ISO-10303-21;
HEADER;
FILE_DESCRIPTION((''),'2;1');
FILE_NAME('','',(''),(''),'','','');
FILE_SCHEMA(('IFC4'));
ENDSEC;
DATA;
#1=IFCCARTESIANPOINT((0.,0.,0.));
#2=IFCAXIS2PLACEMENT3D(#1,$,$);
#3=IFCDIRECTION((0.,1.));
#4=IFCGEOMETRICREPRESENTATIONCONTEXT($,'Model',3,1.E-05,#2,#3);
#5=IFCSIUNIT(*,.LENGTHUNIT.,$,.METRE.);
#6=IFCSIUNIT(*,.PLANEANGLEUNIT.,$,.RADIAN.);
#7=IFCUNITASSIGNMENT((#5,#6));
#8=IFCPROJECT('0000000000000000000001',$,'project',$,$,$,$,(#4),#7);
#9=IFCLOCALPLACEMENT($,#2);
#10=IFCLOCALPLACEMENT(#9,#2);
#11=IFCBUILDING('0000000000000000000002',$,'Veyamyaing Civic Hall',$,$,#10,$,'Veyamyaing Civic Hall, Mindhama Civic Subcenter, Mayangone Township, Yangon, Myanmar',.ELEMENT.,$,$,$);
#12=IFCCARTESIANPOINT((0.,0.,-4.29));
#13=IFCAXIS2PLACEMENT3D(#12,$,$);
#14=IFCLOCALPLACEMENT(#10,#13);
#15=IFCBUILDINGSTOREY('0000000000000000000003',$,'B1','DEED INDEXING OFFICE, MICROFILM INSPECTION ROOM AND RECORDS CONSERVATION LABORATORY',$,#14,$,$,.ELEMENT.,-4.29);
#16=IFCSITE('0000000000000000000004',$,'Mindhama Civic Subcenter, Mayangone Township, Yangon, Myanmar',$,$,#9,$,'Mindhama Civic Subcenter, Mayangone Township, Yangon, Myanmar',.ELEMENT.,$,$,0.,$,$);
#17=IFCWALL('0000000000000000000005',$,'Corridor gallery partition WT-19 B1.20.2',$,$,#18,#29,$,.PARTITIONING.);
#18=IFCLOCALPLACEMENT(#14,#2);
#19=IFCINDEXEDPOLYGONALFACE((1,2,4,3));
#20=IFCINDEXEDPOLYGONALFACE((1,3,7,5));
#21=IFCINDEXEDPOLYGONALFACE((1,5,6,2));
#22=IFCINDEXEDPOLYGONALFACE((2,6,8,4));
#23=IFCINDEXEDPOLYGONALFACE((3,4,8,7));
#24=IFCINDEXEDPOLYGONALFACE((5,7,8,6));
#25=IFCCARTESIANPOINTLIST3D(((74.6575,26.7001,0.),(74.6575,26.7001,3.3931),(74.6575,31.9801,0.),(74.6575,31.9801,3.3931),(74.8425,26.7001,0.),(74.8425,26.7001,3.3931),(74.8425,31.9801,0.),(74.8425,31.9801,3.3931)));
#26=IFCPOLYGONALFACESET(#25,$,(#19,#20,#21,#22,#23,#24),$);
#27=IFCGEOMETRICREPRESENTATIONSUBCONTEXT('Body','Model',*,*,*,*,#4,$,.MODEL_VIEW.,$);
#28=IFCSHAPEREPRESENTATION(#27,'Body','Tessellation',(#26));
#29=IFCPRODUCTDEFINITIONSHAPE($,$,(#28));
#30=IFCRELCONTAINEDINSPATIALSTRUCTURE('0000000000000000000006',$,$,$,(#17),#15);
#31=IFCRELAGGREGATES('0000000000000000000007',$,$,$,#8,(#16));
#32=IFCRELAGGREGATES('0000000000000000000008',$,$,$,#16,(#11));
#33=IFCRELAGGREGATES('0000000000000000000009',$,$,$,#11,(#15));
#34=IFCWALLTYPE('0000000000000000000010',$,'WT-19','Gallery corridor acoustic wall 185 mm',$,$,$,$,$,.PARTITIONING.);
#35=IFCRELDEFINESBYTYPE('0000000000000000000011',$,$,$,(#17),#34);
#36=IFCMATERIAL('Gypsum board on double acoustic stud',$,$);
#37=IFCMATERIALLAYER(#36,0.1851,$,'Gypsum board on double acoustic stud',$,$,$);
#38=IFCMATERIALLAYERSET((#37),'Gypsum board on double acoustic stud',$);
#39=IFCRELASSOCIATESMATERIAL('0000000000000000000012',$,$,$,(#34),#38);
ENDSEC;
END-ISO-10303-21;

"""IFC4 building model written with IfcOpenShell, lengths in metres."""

from ifc_helpers import new_model, si_unit, direction, frame, frame_2d, origin, place, context, subcontext, project, spatial, rectangle, extrude, material, layer, layer_set, type_object, element, save


model = new_model("IFC4")

# Units and contexts
model_context = context("Model", 3, precision=1e-05, world=origin(), true_north=direction((0.0, 1.0)))
body_context = subcontext(model_context, "Body", "Model", "MODEL_VIEW")
ifc_project = project(units=[si_unit("LENGTHUNIT", "METRE"), si_unit("PLANEANGLEUNIT", "RADIAN")], contexts=[model_context])

# Site, building, storey
site_placement = place(None, origin())
site = spatial("IfcSite", under=ifc_project, at=site_placement, Name="Mindhama Civic Subcenter, Mayangone Township, Yangon, Myanmar", LongName="Mindhama Civic Subcenter, Mayangone Township, Yangon, Myanmar", CompositionType="ELEMENT", RefElevation=0.0)
building_placement = place(site_placement, origin())
building = spatial("IfcBuilding", under=site, at=building_placement, Name="Veyamyaing Civic Hall", LongName="Veyamyaing Civic Hall, Mindhama Civic Subcenter, Mayangone Township, Yangon, Myanmar", CompositionType="ELEMENT")
storey_placement = place(building_placement, frame((0.0, 0.0, -4.29)))
storey = spatial("IfcBuildingStorey", under=building, at=storey_placement, Name="B1", Description="DEED INDEXING OFFICE, MICROFILM INSPECTION ROOM AND RECORDS CONSERVATION LABORATORY", CompositionType="ELEMENT", Elevation=-4.29)

# Wall
ifc_material_1 = material(Name="Gypsum board on double acoustic stud")
ifc_layer_1 = layer(ifc_material_1, 0.1851, Name="Gypsum board on double acoustic stud")
ifc_layer_set_1 = layer_set([ifc_layer_1], Name="Gypsum board on double acoustic stud")
wall_type_1 = type_object("IfcWallType", Name="WT-19", Description="Gallery corridor acoustic wall 185 mm", PredefinedType="PARTITIONING", material=ifc_layer_set_1)
wall_1_placement = place(storey_placement, frame((74.75, 26.7, 0.0), z_axis=(0.0, 0.0, 1.0), x_axis=(0.0, 1.0, 0.0)))
element("IfcWall", 1, at=wall_1_placement, inside=storey, type_object=wall_type_1, Name="Corridor gallery partition WT-19 B1.20.2", PredefinedType="PARTITIONING", context=body_context, shape_type="SweptSolid", body=[
    extrude(rectangle(XDim=5.28, YDim=0.1851, at=frame_2d((2.6401, 0.0))), origin(), (0.0, 0.0, 1.0), 3.3931),
])

save(model, "model.ifc")
